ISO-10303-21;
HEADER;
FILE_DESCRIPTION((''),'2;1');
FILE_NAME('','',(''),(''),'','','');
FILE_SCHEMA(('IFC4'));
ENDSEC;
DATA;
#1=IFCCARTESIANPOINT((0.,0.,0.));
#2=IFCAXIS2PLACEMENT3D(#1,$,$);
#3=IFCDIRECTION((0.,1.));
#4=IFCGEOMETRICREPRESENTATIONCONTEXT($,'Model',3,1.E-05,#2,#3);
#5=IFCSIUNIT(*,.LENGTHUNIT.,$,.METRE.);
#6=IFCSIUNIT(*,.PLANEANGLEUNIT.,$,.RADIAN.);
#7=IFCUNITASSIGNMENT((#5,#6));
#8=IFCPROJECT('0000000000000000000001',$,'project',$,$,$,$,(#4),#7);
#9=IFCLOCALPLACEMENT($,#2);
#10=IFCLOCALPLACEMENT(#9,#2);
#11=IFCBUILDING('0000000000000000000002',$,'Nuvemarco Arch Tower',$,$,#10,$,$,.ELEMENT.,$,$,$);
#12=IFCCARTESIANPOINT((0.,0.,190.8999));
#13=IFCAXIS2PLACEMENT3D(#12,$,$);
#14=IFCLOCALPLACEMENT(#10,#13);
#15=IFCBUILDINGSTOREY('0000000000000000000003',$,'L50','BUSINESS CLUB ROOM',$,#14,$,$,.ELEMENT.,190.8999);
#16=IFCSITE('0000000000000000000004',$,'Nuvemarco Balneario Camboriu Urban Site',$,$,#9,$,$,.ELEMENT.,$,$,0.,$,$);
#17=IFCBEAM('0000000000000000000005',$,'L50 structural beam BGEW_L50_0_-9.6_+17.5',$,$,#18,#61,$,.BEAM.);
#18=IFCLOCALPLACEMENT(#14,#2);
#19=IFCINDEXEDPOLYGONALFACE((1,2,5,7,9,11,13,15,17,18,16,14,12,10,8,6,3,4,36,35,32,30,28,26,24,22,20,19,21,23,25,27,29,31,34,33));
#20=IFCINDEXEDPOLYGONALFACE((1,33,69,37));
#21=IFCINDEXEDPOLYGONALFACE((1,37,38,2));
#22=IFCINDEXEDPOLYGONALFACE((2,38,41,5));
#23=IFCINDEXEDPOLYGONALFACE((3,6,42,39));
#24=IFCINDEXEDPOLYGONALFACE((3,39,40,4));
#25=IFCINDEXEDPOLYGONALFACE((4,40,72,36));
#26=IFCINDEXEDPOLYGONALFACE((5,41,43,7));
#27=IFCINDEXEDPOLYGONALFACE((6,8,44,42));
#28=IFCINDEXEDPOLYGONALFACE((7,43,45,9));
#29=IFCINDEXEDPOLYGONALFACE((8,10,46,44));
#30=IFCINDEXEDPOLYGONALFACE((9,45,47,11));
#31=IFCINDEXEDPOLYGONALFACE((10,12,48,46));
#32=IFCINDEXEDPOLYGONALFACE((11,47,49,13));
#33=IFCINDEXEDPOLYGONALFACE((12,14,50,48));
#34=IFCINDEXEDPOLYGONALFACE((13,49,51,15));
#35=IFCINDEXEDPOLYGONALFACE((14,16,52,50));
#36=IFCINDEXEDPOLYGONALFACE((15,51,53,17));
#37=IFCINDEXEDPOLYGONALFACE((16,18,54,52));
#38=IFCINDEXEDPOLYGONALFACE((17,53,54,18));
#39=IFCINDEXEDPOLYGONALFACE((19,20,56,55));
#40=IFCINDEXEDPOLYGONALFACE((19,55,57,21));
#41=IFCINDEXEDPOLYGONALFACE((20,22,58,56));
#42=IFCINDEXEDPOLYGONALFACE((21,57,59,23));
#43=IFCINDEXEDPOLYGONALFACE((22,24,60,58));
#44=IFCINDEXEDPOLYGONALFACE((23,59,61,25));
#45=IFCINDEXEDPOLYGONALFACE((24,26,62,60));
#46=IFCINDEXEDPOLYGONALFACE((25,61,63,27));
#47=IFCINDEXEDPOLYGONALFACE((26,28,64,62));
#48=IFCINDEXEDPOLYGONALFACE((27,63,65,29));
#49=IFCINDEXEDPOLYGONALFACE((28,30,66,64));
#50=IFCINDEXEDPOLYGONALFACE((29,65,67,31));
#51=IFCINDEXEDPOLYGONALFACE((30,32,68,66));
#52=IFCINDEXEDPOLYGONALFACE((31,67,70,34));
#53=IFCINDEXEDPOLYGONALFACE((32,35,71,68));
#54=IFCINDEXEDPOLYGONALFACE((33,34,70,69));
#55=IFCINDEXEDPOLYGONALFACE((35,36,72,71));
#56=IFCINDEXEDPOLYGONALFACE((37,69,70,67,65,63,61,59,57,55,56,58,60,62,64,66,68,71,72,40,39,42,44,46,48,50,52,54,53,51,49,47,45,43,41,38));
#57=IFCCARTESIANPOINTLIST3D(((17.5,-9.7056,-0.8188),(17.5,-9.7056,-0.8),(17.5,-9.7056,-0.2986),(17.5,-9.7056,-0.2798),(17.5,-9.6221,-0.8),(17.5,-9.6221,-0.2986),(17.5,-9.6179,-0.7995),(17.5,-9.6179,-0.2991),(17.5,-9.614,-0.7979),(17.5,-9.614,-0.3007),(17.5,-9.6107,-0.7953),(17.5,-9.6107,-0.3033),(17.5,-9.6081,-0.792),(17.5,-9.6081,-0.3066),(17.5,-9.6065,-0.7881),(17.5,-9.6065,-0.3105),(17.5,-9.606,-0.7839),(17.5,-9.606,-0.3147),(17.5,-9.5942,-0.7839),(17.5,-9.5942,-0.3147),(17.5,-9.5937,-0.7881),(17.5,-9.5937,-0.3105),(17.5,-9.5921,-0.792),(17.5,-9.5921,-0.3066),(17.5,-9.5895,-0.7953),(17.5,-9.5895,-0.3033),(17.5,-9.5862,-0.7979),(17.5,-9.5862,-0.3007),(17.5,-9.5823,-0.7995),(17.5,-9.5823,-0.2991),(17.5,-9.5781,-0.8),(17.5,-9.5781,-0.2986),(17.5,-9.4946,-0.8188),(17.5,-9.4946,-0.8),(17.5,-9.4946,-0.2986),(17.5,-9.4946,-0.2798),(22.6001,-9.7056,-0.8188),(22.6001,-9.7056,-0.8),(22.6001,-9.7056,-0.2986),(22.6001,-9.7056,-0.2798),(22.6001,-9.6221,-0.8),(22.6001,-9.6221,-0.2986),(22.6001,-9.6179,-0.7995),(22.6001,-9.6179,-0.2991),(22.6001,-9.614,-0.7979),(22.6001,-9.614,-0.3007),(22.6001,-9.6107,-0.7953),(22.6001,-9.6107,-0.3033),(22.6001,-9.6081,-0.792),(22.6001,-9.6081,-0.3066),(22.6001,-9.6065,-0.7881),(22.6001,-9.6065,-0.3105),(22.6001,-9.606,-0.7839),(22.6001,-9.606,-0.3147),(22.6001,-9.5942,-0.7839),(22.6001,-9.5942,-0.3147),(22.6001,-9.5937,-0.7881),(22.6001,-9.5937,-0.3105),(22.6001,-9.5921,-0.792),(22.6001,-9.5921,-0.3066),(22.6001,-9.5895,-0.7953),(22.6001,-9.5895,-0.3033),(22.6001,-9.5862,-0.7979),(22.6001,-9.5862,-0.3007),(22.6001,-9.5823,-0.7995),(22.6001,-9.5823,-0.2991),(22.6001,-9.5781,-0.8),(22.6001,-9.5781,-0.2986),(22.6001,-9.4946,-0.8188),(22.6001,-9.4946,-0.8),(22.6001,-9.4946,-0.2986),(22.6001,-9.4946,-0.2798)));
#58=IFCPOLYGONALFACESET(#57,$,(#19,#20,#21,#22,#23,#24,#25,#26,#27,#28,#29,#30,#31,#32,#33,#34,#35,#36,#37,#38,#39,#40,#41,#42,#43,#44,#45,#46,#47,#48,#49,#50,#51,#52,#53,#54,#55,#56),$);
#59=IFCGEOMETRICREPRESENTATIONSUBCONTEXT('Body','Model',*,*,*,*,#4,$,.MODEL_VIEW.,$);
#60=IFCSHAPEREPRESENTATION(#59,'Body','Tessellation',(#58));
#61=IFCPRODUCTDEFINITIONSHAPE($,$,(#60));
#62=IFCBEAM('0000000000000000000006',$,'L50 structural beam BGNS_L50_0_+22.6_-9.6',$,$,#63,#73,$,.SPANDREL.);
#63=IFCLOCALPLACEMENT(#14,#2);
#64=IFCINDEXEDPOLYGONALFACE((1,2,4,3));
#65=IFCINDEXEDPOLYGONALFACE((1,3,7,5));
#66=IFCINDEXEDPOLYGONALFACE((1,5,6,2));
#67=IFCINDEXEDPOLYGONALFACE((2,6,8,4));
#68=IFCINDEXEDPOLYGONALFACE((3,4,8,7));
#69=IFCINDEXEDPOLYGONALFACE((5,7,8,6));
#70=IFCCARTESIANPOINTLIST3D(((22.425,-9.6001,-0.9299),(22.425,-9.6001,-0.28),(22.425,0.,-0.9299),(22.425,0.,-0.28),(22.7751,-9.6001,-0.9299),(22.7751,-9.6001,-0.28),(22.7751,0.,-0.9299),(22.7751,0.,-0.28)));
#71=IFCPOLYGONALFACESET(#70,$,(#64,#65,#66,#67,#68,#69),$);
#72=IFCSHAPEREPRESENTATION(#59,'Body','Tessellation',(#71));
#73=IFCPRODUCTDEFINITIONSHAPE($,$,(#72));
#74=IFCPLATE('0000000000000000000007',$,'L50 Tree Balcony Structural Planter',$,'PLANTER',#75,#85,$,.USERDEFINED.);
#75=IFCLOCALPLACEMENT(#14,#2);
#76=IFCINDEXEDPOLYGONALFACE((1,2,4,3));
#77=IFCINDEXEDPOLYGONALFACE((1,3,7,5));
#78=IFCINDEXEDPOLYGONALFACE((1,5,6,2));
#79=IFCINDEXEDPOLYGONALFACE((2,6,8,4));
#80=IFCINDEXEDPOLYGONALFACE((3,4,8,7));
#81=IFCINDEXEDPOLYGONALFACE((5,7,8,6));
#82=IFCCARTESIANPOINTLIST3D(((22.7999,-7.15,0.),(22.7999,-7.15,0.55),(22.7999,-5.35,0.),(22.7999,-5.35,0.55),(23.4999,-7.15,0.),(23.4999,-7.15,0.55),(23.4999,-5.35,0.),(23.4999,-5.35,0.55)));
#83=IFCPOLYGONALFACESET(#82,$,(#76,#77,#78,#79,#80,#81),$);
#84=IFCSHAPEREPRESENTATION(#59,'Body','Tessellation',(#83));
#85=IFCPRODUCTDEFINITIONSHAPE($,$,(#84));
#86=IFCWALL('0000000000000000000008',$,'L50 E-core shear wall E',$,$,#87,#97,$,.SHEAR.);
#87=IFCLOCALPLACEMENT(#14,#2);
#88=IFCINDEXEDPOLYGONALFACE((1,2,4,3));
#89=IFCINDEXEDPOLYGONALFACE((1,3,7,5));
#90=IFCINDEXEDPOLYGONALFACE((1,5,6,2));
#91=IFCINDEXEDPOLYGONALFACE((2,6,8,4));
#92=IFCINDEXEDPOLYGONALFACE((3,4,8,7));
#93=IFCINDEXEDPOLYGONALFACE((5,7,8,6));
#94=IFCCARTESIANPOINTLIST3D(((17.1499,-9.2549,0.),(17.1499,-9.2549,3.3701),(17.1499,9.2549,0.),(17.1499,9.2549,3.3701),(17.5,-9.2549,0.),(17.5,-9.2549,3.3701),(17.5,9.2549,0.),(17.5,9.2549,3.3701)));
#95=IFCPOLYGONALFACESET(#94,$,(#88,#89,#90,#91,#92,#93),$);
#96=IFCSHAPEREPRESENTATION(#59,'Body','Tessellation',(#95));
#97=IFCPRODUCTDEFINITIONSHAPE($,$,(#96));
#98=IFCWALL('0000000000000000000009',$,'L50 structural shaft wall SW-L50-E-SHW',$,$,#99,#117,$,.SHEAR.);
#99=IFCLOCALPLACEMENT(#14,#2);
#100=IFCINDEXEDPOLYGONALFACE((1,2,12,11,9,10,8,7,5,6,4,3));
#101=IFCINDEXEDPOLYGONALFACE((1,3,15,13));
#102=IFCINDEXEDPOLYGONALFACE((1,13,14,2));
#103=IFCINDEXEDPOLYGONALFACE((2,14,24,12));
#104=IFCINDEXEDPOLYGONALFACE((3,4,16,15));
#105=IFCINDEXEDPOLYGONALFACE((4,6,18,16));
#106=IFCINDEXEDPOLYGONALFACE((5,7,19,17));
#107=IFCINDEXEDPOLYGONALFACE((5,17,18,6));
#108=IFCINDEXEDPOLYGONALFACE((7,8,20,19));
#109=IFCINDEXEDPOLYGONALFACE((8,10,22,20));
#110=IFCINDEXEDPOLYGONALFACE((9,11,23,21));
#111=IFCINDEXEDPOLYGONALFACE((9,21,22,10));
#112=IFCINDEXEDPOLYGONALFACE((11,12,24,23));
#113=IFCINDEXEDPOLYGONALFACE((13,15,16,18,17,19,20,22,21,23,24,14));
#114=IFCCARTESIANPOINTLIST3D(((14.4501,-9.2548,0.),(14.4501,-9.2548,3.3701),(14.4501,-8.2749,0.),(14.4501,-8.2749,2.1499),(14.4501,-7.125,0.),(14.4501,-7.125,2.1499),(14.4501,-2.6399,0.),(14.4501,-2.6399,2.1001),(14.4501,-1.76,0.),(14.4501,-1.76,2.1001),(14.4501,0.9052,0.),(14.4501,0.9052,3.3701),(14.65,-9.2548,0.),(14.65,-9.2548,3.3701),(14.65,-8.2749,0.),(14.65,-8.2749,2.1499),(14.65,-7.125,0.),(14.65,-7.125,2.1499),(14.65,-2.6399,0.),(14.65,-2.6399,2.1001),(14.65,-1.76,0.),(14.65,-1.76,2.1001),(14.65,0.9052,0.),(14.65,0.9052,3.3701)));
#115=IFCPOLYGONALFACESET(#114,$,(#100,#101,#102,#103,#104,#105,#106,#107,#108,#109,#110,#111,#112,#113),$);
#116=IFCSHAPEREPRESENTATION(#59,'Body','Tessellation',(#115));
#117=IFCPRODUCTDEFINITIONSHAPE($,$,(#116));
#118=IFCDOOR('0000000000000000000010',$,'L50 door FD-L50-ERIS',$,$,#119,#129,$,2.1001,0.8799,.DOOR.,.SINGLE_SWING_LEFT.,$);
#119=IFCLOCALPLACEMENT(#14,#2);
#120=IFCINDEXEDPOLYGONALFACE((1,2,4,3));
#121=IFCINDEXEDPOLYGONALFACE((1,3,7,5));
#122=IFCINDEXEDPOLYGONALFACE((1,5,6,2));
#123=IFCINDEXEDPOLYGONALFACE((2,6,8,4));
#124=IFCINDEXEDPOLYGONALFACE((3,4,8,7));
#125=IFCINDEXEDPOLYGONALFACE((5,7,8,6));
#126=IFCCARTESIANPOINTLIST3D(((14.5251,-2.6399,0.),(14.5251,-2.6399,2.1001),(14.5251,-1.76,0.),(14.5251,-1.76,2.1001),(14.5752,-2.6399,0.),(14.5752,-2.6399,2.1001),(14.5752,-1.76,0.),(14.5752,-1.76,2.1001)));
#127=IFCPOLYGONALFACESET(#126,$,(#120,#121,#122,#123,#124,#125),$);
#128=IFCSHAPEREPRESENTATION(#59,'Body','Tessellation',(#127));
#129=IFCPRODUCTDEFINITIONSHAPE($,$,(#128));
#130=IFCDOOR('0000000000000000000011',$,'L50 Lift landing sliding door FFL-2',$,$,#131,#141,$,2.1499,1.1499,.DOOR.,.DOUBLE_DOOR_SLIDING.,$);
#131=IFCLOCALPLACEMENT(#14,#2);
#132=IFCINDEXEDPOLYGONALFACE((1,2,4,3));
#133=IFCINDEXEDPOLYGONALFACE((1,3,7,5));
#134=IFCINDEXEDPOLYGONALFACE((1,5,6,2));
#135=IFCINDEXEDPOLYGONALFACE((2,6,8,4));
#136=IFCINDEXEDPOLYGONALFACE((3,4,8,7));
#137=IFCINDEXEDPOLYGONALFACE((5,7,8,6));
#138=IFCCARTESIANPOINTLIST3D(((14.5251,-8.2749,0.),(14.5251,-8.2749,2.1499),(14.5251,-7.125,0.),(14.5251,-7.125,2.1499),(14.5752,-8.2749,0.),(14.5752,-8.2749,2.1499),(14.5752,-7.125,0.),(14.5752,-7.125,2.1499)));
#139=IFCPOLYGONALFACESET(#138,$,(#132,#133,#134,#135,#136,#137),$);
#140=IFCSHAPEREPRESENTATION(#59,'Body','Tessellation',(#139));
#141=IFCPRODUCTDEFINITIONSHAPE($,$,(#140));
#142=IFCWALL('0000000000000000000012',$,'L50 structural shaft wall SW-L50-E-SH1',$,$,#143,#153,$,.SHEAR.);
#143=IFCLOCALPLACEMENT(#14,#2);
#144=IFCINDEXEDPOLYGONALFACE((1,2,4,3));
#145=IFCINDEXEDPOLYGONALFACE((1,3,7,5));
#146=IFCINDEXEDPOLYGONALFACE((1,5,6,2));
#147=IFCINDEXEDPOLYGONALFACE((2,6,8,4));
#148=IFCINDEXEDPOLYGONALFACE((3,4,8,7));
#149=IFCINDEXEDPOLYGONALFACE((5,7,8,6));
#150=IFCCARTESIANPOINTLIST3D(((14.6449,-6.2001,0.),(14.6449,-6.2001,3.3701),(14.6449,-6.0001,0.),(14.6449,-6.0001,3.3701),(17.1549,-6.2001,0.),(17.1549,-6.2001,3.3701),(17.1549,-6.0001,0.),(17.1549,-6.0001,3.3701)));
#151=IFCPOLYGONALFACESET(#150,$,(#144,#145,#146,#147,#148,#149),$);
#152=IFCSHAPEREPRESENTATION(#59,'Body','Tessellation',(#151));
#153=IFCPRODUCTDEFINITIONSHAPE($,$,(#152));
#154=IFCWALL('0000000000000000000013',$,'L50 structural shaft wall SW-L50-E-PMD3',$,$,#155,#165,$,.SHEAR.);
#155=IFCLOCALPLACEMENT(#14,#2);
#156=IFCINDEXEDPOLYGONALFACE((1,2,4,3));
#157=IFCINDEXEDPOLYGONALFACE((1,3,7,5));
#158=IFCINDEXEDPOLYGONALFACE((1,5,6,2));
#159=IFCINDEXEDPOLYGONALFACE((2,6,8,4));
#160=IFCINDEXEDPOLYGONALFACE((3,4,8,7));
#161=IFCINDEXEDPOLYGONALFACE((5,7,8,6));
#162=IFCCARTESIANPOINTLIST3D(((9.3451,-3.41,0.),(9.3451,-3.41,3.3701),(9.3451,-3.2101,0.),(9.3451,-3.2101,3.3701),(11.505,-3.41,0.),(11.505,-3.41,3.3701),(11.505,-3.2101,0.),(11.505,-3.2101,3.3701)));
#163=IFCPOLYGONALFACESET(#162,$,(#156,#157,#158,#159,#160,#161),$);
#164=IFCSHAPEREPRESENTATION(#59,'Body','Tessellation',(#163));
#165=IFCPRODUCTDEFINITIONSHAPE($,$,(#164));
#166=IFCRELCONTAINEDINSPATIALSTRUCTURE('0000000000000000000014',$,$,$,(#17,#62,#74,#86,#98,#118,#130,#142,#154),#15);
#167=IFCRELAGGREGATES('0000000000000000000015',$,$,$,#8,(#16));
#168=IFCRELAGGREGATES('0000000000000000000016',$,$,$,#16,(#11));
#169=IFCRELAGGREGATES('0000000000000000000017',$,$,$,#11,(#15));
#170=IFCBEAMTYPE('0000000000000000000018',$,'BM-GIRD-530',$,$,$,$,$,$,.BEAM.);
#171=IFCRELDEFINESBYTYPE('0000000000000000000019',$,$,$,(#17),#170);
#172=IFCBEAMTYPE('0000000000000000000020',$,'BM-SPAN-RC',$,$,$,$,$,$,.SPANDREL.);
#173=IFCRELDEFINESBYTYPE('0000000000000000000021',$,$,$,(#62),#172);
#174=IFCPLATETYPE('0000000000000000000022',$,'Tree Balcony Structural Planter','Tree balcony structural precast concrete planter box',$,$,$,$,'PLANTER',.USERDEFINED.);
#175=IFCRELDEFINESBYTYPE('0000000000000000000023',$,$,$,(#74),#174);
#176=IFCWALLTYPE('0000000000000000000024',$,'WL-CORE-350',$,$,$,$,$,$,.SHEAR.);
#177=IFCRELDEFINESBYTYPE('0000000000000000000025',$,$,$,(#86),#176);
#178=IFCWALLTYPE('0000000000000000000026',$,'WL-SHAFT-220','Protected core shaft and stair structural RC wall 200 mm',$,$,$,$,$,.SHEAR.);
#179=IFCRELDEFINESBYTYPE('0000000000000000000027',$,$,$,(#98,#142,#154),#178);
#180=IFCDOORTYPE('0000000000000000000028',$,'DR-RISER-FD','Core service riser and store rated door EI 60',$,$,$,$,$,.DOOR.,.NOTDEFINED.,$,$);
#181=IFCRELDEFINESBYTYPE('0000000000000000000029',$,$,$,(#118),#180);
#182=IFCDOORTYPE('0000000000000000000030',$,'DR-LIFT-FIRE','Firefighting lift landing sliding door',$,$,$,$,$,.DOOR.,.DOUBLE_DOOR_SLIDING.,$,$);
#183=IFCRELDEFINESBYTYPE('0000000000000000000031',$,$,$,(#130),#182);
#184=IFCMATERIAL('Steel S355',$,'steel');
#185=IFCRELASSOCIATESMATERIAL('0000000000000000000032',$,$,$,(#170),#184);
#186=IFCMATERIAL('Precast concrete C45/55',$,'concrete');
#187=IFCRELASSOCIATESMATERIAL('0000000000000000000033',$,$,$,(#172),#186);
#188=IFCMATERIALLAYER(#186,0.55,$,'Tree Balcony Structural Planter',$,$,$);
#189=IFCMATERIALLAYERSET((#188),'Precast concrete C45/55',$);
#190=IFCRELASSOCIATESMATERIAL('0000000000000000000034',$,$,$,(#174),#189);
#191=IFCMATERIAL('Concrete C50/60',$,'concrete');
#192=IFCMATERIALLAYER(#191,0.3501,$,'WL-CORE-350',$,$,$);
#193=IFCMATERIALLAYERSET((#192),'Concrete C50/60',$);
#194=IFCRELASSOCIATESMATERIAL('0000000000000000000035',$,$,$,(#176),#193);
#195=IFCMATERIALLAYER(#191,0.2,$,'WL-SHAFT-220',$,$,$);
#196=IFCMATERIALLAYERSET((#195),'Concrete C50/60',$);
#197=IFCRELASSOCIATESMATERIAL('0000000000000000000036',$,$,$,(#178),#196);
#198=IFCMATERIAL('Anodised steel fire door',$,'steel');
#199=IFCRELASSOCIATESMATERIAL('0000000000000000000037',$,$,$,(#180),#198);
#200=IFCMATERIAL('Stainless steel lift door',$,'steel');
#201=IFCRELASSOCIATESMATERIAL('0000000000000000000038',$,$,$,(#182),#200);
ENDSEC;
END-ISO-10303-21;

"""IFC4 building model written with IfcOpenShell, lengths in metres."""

from ifc_helpers import new_model, si_unit, direction, frame, frame_2d, origin, origin_2d, place, context, subcontext, project, spatial, rectangle, i_section, extrude, source, transform, mapped, material, layer, layer_set, material_profile, profile_set, type_object, type_shapes, element, fill, save


model = new_model("IFC4")

# Units and contexts
model_context = context("Model", 3, precision=1e-05, world=origin(), true_north=direction((0.0, 1.0)))
body_context = subcontext(model_context, "Body", "Model", "MODEL_VIEW")
ifc_project = project(units=[si_unit("LENGTHUNIT", "METRE"), si_unit("PLANEANGLEUNIT", "RADIAN")], contexts=[model_context])

# Site, building, storey
site_placement = place(None, origin())
site = spatial("IfcSite", under=ifc_project, at=site_placement, Name="Nuvemarco Balneario Camboriu Urban Site", CompositionType="ELEMENT", RefElevation=0.0)
building_placement = place(site_placement, origin())
building = spatial("IfcBuilding", under=site, at=building_placement, Name="Nuvemarco Arch Tower", CompositionType="ELEMENT")
storey_placement = place(building_placement, frame((0.0, 0.0, 190.8999)))
storey = spatial("IfcBuildingStorey", under=building, at=storey_placement, Name="L50", Description="BUSINESS CLUB ROOM", CompositionType="ELEMENT", Elevation=190.8999)

# Shared definitions
ifc_material_1 = material(Name="Concrete C50/60", Category="concrete")
ifc_material_2 = material(Name="Steel S355", Category="steel")

# Beams
ifc_material_profile_1 = material_profile(ifc_material_2, i_section(OverallWidth=0.2109, OverallDepth=0.5391, WebThickness=0.0117, FlangeThickness=0.0188, FilletRadius=0.0161, at=origin_2d()), Name="W530x109")
ifc_profile_set_1 = profile_set([ifc_material_profile_1], Name="Steel S355")
beam_type_1 = type_object("IfcBeamType", Name="BM-GIRD-530", PredefinedType="BEAM", material=ifc_profile_set_1)
beam_1_placement = place(storey_placement, frame((17.5, -9.6001, -0.5493), z_axis=(1.0, 0.0, 0.0), x_axis=(0.0, 1.0, 0.0)))
element("IfcBeam", 1, at=beam_1_placement, inside=storey, type_object=beam_type_1, Name="L50 structural beam BGEW_L50_0_-9.6_+17.5", PredefinedType="BEAM", context=body_context, shape_type="SweptSolid", body=[
    extrude(i_section(OverallWidth=0.2109, OverallDepth=0.5391, WebThickness=0.0117, FlangeThickness=0.0188, FilletRadius=0.0161, at=origin_2d()), origin(), (0.0, 0.0, 1.0), 5.1001),
])
ifc_material_3 = material(Name="Precast concrete C45/55", Category="concrete")
ifc_material_profile_2 = material_profile(ifc_material_3, rectangle(XDim=0.3501, YDim=0.6499, at=origin_2d()), Name="PC-SP-350x650")
ifc_profile_set_2 = profile_set([ifc_material_profile_2], Name="Precast concrete C45/55")
beam_type_2 = type_object("IfcBeamType", Name="BM-SPAN-RC", PredefinedType="SPANDREL", material=ifc_profile_set_2)
beam_2_placement = place(storey_placement, frame((22.6001, -9.6001, -0.605), z_axis=(0.0, 1.0, 0.0), x_axis=(-1.0, 0.0, 0.0)))
element("IfcBeam", 2, at=beam_2_placement, inside=storey, type_object=beam_type_2, Name="L50 structural beam BGNS_L50_0_+22.6_-9.6", PredefinedType="SPANDREL", context=body_context, shape_type="SweptSolid", body=[
    extrude(rectangle(XDim=0.3501, YDim=0.6499, at=origin_2d()), origin(), (0.0, 0.0, 1.0), 9.6001),
])

# Plate
ifc_layer_1 = layer(ifc_material_3, 0.55, Name="Tree Balcony Structural Planter")
ifc_layer_set_1 = layer_set([ifc_layer_1], Name="Precast concrete C45/55")
plate_type = type_object("IfcPlateType", Name="Tree Balcony Structural Planter", Description="Tree balcony structural precast concrete planter box", ElementType="PLANTER", PredefinedType="USERDEFINED", material=ifc_layer_set_1)
shared_shape_1 = source(origin(), body_context, "Body", "SweptSolid", [
    extrude(rectangle(XDim=1.8, YDim=0.7, at=origin_2d()), origin(), (0.0, 0.0, 1.0), 0.55),
])
type_shapes(plate_type, [shared_shape_1])
plate_placement = place(storey_placement, frame((23.1499, -6.25, 0.0), z_axis=(0.0, 0.0, 1.0), x_axis=(0.0, 1.0, 0.0)))
element("IfcPlate", 3, at=plate_placement, inside=storey, type_object=plate_type, Name="L50 Tree Balcony Structural Planter", ObjectType="PLANTER", PredefinedType="USERDEFINED", context=body_context, shape_type="MappedRepresentation", body=[
    mapped(shared_shape_1, transform((0.0, 0.0, 0.0), scale=1.0)),
])

# Wall
ifc_layer_2 = layer(ifc_material_1, 0.3501, Name="WL-CORE-350")
ifc_layer_set_2 = layer_set([ifc_layer_2], Name="Concrete C50/60")
wall_type_1 = type_object("IfcWallType", Name="WL-CORE-350", PredefinedType="SHEAR", material=ifc_layer_set_2)
wall_1_placement = place(storey_placement, frame((17.325, -9.2549, 0.0), z_axis=(0.0, 0.0, 1.0), x_axis=(0.0, 1.0, 0.0)))
element("IfcWall", 4, at=wall_1_placement, inside=storey, type_object=wall_type_1, Name="L50 E-core shear wall E", PredefinedType="SHEAR", context=body_context, shape_type="SweptSolid", body=[
    extrude(rectangle(XDim=18.5098, YDim=0.3501, at=frame_2d((9.2549, 0.0))), origin(), (0.0, 0.0, 1.0), 3.3701),
])

# Wall, openings, doors
ifc_layer_3 = layer(ifc_material_1, 0.2, Name="WL-SHAFT-220")
ifc_layer_set_3 = layer_set([ifc_layer_3], Name="Concrete C50/60")
wall_type_2 = type_object("IfcWallType", Name="WL-SHAFT-220", Description="Protected core shaft and stair structural RC wall 200 mm", PredefinedType="SHEAR", material=ifc_layer_set_3)
wall_2_placement = place(storey_placement, frame((14.55, -9.2549, 0.0), z_axis=(0.0, 0.0, 1.0), x_axis=(0.0, 1.0, 0.0)))
wall_2 = element("IfcWall", 5, at=wall_2_placement, inside=storey, type_object=wall_type_2, Name="L50 structural shaft wall SW-L50-E-SHW", PredefinedType="SHEAR", context=body_context, shape_type="SweptSolid", body=[
    extrude(rectangle(XDim=10.1599, YDim=0.2, at=frame_2d((5.0801, 0.0))), origin(), (0.0, 0.0, 1.0), 3.3701),
])
opening_1_placement = place(wall_2_placement, frame((6.615, 0.0, 0.0)))
opening_1 = element("IfcOpeningElement", 6, at=opening_1_placement, cuts=wall_2, PredefinedType="OPENING", context=body_context, shape_type="SweptSolid", body=[
    extrude(rectangle(XDim=0.8799, YDim=2.1001, at=frame_2d((0.4399, 1.05))), frame((0.0, 0.1099, 0.0), z_axis=(0.0, -1.0, 0.0), x_axis=(1.0, 0.0, 0.0)), (0.0, 0.0, 1.0), 0.22),
])
opening_2_placement = place(wall_2_placement, frame((0.98, 0.0, 0.0)))
opening_2 = element("IfcOpeningElement", 7, at=opening_2_placement, cuts=wall_2, PredefinedType="OPENING", context=body_context, shape_type="SweptSolid", body=[
    extrude(rectangle(XDim=1.1499, YDim=2.1499, at=frame_2d((0.575, 1.075))), frame((0.0, 0.1099, 0.0), z_axis=(0.0, -1.0, 0.0), x_axis=(1.0, 0.0, 0.0)), (0.0, 0.0, 1.0), 0.22),
])
ifc_material_4 = material(Name="Anodised steel fire door", Category="steel")
door_type_1 = type_object("IfcDoorType", Name="DR-RISER-FD", Description="Core service riser and store rated door EI 60", OperationType="NOTDEFINED", PredefinedType="DOOR", material=ifc_material_4)
shared_shape_2 = source(origin(), body_context, "Body", "SweptSolid", [
    extrude(rectangle(XDim=0.8799, YDim=2.1001, at=frame_2d((0.4399, 1.05))), frame((0.0, 0.0249, 0.0), z_axis=(0.0, -1.0, 0.0), x_axis=(1.0, 0.0, 0.0)), (0.0, 0.0, 1.0), 0.05),
])
type_shapes(door_type_1, [shared_shape_2])
door_1_placement = place(opening_1_placement, origin())
door_1 = element("IfcDoor", 8, at=door_1_placement, inside=storey, type_object=door_type_1, Name="L50 door FD-L50-ERIS", OperationType="SINGLE_SWING_LEFT", OverallHeight=2.1001, OverallWidth=0.8799, PredefinedType="DOOR", context=body_context, shape_type="MappedRepresentation", body=[
    mapped(shared_shape_2, transform((0.0, 0.0, 0.0), scale=1.0)),
])
fill(opening_1, door_1)
ifc_material_5 = material(Name="Stainless steel lift door", Category="steel")
door_type_2 = type_object("IfcDoorType", Name="DR-LIFT-FIRE", Description="Firefighting lift landing sliding door", OperationType="DOUBLE_DOOR_SLIDING", PredefinedType="DOOR", material=ifc_material_5)
shared_shape_3 = source(origin(), body_context, "Body", "SweptSolid", [
    extrude(rectangle(XDim=1.1499, YDim=2.1499, at=frame_2d((0.575, 1.075))), frame((0.0, 0.0249, 0.0), z_axis=(0.0, -1.0, 0.0), x_axis=(1.0, 0.0, 0.0)), (0.0, 0.0, 1.0), 0.05),
])
type_shapes(door_type_2, [shared_shape_3])
door_2_placement = place(opening_2_placement, origin())
door_2 = element("IfcDoor", 9, at=door_2_placement, inside=storey, type_object=door_type_2, Name="L50 Lift landing sliding door FFL-2", OperationType="DOUBLE_DOOR_SLIDING", OverallHeight=2.1499, OverallWidth=1.1499, PredefinedType="DOOR", context=body_context, shape_type="MappedRepresentation", body=[
    mapped(shared_shape_3, transform((0.0, 0.0, 0.0), scale=1.0)),
])
fill(opening_2, door_2)

# Wall
wall_3_placement = place(storey_placement, frame((14.645, -6.1001, 0.0), z_axis=(0.0, 0.0, 1.0), x_axis=(1.0, 0.0, 0.0)))
element("IfcWall", 10, at=wall_3_placement, inside=storey, type_object=wall_type_2, Name="L50 structural shaft wall SW-L50-E-SH1", PredefinedType="SHEAR", context=body_context, shape_type="SweptSolid", body=[
    extrude(rectangle(XDim=2.51, YDim=0.2, at=frame_2d((1.2549, 0.0))), origin(), (0.0, 0.0, 1.0), 3.3701),
])

# Wall
for number, where, z_axis, x_axis, name in (
    (11, (9.345, -3.3101, 0.0), (0.0, 0.0, 1.0), (1.0, 0.0, 0.0), "L50 structural shaft wall SW-L50-E-PMD3"),
):
    element("IfcWall", number, at=place(storey_placement, frame(where, z_axis=z_axis, x_axis=x_axis)), inside=storey, type_object=wall_type_2, Name=name, PredefinedType="SHEAR", context=body_context, shape_type="SweptSolid", body=[
        extrude(rectangle(XDim=2.1599, YDim=0.2, at=frame_2d((1.0801, 0.0))), origin(), (0.0, 0.0, 1.0), 3.3701),
    ])

save(model, "model.ifc")
